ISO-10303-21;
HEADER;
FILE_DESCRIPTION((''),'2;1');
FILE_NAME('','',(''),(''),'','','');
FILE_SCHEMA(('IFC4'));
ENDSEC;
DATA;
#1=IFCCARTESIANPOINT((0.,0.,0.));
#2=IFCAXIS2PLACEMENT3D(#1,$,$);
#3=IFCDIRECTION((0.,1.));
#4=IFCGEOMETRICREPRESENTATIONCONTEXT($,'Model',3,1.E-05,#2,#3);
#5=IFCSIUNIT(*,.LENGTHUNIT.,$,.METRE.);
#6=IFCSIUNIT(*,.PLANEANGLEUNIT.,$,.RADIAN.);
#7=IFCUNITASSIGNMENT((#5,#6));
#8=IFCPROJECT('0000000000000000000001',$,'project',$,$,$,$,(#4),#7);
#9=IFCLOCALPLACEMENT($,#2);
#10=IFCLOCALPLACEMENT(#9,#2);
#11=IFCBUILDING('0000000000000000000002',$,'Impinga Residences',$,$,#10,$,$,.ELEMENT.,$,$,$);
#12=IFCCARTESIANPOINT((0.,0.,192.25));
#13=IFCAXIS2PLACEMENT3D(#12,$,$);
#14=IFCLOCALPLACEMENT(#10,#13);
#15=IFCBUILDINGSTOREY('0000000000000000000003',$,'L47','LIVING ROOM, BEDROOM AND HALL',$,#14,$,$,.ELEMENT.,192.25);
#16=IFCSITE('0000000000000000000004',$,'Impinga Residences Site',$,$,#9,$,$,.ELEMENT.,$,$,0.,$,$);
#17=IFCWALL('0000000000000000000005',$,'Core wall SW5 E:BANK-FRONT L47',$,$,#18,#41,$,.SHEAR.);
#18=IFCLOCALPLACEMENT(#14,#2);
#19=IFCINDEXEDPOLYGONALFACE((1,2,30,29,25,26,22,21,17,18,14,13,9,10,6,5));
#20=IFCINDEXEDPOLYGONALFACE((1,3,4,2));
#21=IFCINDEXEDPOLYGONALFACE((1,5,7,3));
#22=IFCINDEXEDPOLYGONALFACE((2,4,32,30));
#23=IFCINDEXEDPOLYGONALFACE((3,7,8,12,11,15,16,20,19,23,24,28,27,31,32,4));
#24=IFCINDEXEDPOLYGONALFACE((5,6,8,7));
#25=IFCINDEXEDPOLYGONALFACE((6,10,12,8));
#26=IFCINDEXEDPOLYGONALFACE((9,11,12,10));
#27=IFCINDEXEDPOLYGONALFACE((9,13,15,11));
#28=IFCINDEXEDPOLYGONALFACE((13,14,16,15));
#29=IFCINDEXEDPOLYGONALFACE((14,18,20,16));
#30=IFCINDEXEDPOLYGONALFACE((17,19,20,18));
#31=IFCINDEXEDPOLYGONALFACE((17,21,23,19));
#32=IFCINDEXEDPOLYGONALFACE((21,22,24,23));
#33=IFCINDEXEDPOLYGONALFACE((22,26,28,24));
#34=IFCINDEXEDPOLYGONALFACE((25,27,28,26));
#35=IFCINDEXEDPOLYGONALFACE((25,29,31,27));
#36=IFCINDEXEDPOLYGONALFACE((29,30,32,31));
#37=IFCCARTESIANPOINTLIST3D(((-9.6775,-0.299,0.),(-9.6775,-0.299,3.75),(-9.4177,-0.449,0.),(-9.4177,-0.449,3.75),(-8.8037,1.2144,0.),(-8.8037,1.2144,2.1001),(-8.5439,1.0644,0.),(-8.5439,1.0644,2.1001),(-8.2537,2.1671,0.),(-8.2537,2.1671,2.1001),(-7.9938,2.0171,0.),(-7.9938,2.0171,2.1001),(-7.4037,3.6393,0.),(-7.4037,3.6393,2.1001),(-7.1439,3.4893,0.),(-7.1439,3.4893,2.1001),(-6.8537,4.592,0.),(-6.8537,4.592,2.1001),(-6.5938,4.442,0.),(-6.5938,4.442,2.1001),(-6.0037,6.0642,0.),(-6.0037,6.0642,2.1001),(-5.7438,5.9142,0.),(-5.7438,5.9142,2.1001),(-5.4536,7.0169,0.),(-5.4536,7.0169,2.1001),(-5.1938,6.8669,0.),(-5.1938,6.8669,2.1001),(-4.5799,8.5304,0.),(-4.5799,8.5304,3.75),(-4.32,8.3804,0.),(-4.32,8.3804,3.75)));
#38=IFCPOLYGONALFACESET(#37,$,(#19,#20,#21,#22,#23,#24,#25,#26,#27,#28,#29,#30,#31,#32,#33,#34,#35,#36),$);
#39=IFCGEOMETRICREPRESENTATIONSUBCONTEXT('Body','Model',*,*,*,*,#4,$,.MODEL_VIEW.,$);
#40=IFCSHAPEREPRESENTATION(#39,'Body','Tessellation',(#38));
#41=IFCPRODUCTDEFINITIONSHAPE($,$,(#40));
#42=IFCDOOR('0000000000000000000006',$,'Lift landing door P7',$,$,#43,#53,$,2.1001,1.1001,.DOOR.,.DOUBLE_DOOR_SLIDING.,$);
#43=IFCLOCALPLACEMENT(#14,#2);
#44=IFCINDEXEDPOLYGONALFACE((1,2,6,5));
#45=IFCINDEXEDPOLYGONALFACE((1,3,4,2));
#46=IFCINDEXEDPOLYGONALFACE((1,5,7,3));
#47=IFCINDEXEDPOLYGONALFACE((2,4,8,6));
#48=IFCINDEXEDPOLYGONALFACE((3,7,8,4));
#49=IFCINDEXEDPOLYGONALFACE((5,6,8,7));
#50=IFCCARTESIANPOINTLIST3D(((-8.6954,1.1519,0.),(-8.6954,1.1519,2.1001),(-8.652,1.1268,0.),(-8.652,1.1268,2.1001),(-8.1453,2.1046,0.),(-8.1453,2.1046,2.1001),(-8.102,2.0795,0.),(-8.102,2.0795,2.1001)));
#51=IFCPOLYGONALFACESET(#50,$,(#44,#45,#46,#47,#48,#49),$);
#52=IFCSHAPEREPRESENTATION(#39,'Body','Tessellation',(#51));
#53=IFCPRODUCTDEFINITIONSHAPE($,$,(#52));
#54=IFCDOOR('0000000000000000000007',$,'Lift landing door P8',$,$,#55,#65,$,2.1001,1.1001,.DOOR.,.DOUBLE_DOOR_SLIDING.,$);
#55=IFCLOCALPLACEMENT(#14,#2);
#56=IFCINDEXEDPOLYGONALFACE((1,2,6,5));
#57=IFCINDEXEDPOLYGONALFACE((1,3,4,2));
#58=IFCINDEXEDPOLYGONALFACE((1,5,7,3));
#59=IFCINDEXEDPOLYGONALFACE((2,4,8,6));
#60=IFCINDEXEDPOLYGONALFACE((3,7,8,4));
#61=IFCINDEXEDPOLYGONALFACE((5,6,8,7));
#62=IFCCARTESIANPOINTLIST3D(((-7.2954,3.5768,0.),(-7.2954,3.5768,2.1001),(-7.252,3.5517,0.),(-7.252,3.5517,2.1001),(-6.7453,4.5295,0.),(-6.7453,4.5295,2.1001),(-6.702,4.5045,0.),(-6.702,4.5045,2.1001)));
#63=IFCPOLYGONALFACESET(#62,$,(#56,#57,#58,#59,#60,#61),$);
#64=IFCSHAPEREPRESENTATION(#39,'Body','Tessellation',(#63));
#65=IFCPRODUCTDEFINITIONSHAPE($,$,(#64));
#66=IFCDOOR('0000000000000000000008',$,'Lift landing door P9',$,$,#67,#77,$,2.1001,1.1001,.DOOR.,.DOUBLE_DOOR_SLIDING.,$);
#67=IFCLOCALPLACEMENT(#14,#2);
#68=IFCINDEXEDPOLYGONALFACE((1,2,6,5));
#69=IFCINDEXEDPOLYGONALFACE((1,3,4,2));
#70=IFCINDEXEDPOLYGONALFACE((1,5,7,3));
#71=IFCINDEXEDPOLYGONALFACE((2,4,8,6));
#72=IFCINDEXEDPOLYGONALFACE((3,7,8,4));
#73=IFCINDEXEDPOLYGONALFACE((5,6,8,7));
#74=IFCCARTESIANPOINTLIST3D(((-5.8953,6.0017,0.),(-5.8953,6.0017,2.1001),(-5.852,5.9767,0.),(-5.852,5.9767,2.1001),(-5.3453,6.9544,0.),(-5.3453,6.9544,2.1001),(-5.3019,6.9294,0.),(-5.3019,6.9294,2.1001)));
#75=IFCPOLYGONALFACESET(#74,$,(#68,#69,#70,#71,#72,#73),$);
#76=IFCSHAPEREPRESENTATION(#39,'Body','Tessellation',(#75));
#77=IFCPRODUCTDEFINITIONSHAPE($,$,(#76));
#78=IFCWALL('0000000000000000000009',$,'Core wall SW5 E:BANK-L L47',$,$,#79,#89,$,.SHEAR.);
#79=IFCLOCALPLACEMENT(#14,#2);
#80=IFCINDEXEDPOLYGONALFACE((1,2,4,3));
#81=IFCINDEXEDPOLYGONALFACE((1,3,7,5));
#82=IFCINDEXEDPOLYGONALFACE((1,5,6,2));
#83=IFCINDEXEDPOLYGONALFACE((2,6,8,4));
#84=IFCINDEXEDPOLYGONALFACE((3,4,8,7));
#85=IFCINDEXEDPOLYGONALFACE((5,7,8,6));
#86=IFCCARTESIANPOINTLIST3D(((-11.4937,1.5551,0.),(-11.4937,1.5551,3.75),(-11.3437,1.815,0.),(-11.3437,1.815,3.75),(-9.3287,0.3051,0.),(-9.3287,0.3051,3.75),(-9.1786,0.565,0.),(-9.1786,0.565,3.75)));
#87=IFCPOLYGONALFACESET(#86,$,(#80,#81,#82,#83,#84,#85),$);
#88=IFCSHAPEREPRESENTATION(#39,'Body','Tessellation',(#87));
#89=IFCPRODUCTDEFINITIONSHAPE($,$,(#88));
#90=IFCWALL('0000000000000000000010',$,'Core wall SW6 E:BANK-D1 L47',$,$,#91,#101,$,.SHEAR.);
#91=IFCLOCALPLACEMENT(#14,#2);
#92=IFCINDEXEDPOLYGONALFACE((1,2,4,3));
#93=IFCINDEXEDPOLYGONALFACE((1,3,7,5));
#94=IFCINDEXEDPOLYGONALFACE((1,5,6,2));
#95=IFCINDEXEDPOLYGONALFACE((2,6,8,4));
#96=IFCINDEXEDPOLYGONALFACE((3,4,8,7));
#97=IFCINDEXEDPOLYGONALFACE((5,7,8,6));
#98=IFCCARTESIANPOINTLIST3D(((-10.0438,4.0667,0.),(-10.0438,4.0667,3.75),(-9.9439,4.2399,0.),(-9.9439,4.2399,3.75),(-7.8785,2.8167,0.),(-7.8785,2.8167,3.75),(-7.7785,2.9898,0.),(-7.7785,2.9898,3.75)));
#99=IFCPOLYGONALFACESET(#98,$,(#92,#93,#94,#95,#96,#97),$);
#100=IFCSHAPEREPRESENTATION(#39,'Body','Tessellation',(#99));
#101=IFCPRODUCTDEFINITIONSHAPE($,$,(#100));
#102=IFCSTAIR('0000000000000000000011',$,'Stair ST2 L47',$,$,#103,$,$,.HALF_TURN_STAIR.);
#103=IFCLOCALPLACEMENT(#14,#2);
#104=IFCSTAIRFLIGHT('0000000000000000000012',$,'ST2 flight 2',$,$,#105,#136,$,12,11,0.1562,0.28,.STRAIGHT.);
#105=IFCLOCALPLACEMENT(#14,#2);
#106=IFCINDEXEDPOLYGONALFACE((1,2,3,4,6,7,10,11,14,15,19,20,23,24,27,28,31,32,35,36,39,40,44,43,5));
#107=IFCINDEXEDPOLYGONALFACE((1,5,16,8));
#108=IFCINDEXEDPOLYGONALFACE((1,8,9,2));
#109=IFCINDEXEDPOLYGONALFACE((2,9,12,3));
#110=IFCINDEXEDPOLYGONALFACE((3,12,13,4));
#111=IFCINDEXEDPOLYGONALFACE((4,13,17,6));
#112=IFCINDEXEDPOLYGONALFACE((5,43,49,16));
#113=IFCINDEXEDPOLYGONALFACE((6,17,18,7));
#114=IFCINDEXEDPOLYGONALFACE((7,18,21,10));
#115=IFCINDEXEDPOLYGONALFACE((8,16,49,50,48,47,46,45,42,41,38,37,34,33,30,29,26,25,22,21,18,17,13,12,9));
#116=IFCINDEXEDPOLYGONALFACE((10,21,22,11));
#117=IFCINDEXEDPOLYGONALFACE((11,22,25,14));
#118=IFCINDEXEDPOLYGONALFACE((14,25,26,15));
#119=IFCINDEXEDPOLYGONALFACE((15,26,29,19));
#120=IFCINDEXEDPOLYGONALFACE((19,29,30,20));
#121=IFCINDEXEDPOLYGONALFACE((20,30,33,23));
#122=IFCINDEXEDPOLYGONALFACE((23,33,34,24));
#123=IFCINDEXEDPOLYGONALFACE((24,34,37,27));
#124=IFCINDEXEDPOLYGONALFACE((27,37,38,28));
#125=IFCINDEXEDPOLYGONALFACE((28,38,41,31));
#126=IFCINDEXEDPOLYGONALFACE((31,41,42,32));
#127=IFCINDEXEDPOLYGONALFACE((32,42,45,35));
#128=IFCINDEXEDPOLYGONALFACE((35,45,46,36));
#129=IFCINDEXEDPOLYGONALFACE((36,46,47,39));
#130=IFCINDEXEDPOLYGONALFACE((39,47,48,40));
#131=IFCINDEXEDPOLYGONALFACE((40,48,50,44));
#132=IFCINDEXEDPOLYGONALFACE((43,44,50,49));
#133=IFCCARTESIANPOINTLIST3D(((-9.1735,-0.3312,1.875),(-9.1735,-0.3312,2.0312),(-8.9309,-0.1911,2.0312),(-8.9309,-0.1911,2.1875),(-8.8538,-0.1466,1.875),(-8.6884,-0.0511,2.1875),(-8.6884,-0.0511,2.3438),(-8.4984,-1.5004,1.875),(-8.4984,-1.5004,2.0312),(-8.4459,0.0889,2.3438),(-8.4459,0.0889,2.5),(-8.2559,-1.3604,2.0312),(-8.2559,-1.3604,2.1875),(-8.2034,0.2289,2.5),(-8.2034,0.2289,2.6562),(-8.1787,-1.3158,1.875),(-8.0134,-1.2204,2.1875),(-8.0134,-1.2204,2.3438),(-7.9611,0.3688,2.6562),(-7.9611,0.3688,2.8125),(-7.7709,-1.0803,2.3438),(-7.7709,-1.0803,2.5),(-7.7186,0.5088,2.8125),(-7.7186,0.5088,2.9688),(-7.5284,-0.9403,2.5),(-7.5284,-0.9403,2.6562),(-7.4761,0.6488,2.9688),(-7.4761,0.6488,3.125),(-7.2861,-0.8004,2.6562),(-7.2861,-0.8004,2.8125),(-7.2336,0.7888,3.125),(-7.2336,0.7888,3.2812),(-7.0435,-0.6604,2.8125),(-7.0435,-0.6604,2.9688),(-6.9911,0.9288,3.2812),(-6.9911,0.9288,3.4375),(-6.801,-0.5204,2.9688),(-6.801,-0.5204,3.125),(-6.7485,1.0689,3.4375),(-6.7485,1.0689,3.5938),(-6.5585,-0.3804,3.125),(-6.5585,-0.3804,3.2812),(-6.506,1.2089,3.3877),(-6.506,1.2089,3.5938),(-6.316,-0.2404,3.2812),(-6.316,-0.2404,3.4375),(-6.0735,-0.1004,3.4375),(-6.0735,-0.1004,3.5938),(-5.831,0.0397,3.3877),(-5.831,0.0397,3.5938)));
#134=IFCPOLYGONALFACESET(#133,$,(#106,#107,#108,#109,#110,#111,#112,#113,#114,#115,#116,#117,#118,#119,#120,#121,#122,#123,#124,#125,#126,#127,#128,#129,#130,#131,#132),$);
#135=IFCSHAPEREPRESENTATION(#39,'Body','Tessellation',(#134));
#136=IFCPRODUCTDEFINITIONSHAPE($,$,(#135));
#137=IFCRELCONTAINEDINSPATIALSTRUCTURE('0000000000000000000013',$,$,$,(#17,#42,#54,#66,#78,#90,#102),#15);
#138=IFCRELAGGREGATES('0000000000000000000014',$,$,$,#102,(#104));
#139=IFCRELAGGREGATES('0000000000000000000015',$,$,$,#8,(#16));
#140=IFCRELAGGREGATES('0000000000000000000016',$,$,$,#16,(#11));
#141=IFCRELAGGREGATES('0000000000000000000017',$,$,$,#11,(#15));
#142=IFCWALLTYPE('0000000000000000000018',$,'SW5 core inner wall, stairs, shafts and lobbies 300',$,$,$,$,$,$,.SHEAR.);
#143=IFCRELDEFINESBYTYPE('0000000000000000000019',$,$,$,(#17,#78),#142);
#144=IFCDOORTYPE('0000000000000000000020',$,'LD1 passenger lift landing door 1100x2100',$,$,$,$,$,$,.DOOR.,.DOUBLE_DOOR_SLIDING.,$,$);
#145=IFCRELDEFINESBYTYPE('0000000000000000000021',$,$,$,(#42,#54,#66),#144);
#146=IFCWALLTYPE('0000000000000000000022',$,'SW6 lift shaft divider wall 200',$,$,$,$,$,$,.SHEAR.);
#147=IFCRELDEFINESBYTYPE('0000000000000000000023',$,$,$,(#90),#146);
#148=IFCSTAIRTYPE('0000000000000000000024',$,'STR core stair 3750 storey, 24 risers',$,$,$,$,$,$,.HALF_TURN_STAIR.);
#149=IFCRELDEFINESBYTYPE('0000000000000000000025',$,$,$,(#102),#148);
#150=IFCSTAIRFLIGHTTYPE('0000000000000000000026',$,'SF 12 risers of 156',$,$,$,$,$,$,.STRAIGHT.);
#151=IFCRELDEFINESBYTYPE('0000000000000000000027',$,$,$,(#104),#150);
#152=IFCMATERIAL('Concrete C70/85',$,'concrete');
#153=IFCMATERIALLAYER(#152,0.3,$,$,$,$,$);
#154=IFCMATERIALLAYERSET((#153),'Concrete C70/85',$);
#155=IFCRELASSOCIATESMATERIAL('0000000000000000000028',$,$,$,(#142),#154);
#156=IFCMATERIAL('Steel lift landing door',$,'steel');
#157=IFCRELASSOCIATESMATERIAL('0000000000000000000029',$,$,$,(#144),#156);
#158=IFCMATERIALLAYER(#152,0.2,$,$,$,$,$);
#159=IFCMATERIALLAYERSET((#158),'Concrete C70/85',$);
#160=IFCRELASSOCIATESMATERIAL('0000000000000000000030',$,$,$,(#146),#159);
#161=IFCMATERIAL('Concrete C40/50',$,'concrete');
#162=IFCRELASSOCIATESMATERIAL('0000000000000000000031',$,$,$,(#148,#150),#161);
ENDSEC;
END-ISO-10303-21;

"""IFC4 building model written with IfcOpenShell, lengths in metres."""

from ifc_helpers import new_model, si_unit, direction, frame, frame_2d, origin, place, context, subcontext, project, spatial, polyline, rectangle, outline, extrude, material, layer, layer_set, type_object, element, fill, aggregate, save


model = new_model("IFC4")

# Units and contexts
model_context = context("Model", 3, precision=1e-05, world=origin(), true_north=direction((0.0, 1.0)))
body_context = subcontext(model_context, "Body", "Model", "MODEL_VIEW")
ifc_project = project(units=[si_unit("LENGTHUNIT", "METRE"), si_unit("PLANEANGLEUNIT", "RADIAN")], contexts=[model_context])

# Site, building, storey
site_placement = place(None, origin())
site = spatial("IfcSite", under=ifc_project, at=site_placement, Name="Impinga Residences Site", CompositionType="ELEMENT", RefElevation=0.0)
building_placement = place(site_placement, origin())
building = spatial("IfcBuilding", under=site, at=building_placement, Name="Impinga Residences", CompositionType="ELEMENT")
storey_placement = place(building_placement, frame((0.0, 0.0, 192.25)))
storey = spatial("IfcBuildingStorey", under=building, at=storey_placement, Name="L47", Description="LIVING ROOM, BEDROOM AND HALL", CompositionType="ELEMENT", Elevation=192.25)

# Wall, openings, doors
ifc_material_1 = material(Name="Concrete C70/85", Category="concrete")
ifc_layer_1 = layer(ifc_material_1, 0.3)
ifc_layer_set_1 = layer_set([ifc_layer_1], Name="Concrete C70/85")
wall_type_1 = type_object("IfcWallType", Name="SW5 core inner wall, stairs, shafts and lobbies 300", PredefinedType="SHEAR", material=ifc_layer_set_1)
wall_1_placement = place(storey_placement, frame((-9.5476, -0.374, 0.0), z_axis=(0.0, 0.0, 1.0), x_axis=(0.500002, 0.866024, 0.0)))
wall_1 = element("IfcWall", 1, at=wall_1_placement, inside=storey, type_object=wall_type_1, Name="Core wall SW5 E:BANK-FRONT L47", PredefinedType="SHEAR", context=body_context, shape_type="SweptSolid", body=[
    extrude(rectangle(XDim=10.1953, YDim=0.3, at=frame_2d((5.0977, 0.0))), origin(), (0.0, 0.0, 1.0), 3.75),
])
opening_1_placement = place(wall_1_placement, frame((1.7476, 0.0, 0.0)))
opening_1 = element("IfcOpeningElement", 2, at=opening_1_placement, cuts=wall_1, PredefinedType="OPENING", context=body_context, shape_type="SweptSolid", body=[
    extrude(rectangle(XDim=1.1001, YDim=2.1001, at=frame_2d((0.55, 1.05))), frame((0.0, 0.1599, 0.0), z_axis=(0.0, -1.0, 0.0), x_axis=(1.0, 0.0, 0.0)), (0.0, 0.0, 1.0), 0.3201),
])
opening_2_placement = place(wall_1_placement, frame((4.5476, 0.0, 0.0)))
opening_2 = element("IfcOpeningElement", 3, at=opening_2_placement, cuts=wall_1, PredefinedType="OPENING", context=body_context, shape_type="SweptSolid", body=[
    extrude(rectangle(XDim=1.1001, YDim=2.1001, at=frame_2d((0.55, 1.05))), frame((0.0, 0.1599, 0.0), z_axis=(0.0, -1.0, 0.0), x_axis=(1.0, 0.0, 0.0)), (0.0, 0.0, 1.0), 0.3201),
])
opening_3_placement = place(wall_1_placement, frame((7.3477, 0.0, 0.0)))
opening_3 = element("IfcOpeningElement", 4, at=opening_3_placement, cuts=wall_1, PredefinedType="OPENING", context=body_context, shape_type="SweptSolid", body=[
    extrude(rectangle(XDim=1.1001, YDim=2.1001, at=frame_2d((0.55, 1.05))), frame((0.0, 0.1599, 0.0), z_axis=(0.0, -1.0, 0.0), x_axis=(1.0, 0.0, 0.0)), (0.0, 0.0, 1.0), 0.3201),
])
ifc_material_2 = material(Name="Steel lift landing door", Category="steel")
door_type_1 = type_object("IfcDoorType", Name="LD1 passenger lift landing door 1100x2100", OperationType="DOUBLE_DOOR_SLIDING", PredefinedType="DOOR", material=ifc_material_2)
door_1_placement = place(opening_1_placement, origin())
door_1 = element("IfcDoor", 5, at=door_1_placement, inside=storey, type_object=door_type_1, Name="Lift landing door P7", OperationType="DOUBLE_DOOR_SLIDING", OverallHeight=2.1001, OverallWidth=1.1001, PredefinedType="DOOR", context=body_context, shape_type="SweptSolid", body=[
    extrude(rectangle(XDim=1.1001, YDim=2.1001, at=frame_2d((0.55, 1.05))), frame((0.0, 0.0249, 0.0), z_axis=(0.0, -1.0, 0.0), x_axis=(1.0, 0.0, 0.0)), (0.0, 0.0, 1.0), 0.05),
])
fill(opening_1, door_1)
door_2_placement = place(opening_2_placement, origin())
door_2 = element("IfcDoor", 6, at=door_2_placement, inside=storey, type_object=door_type_1, Name="Lift landing door P8", OperationType="DOUBLE_DOOR_SLIDING", OverallHeight=2.1001, OverallWidth=1.1001, PredefinedType="DOOR", context=body_context, shape_type="SweptSolid", body=[
    extrude(rectangle(XDim=1.1001, YDim=2.1001, at=frame_2d((0.55, 1.05))), frame((0.0, 0.0249, 0.0), z_axis=(0.0, -1.0, 0.0), x_axis=(1.0, 0.0, 0.0)), (0.0, 0.0, 1.0), 0.05),
])
fill(opening_2, door_2)
door_3_placement = place(opening_3_placement, origin())
door_3 = element("IfcDoor", 7, at=door_3_placement, inside=storey, type_object=door_type_1, Name="Lift landing door P9", OperationType="DOUBLE_DOOR_SLIDING", OverallHeight=2.1001, OverallWidth=1.1001, PredefinedType="DOOR", context=body_context, shape_type="SweptSolid", body=[
    extrude(rectangle(XDim=1.1001, YDim=2.1001, at=frame_2d((0.55, 1.05))), frame((0.0, 0.0249, 0.0), z_axis=(0.0, -1.0, 0.0), x_axis=(1.0, 0.0, 0.0)), (0.0, 0.0, 1.0), 0.05),
])
fill(opening_3, door_3)

# Walls
wall_2_placement = place(storey_placement, frame((-9.2537, 0.4351, 0.0), z_axis=(0.0, 0.0, 1.0), x_axis=(-0.866023, 0.500004, 0.0)))
element("IfcWall", 8, at=wall_2_placement, inside=storey, type_object=wall_type_1, Name="Core wall SW5 E:BANK-L L47", PredefinedType="SHEAR", context=body_context, shape_type="SweptSolid", body=[
    extrude(rectangle(XDim=2.5, YDim=0.3, at=frame_2d((1.25, 0.0))), origin(), (0.0, 0.0, 1.0), 3.75),
])
ifc_layer_2 = layer(ifc_material_1, 0.2)
ifc_layer_set_2 = layer_set([ifc_layer_2], Name="Concrete C70/85")
wall_type_2 = type_object("IfcWallType", Name="SW6 lift shaft divider wall 200", PredefinedType="SHEAR", material=ifc_layer_set_2)
wall_3_placement = place(storey_placement, frame((-7.8286, 2.9033, 0.0), z_axis=(0.0, 0.0, 1.0), x_axis=(-0.866047, 0.499962, 0.0)))
element("IfcWall", 9, at=wall_3_placement, inside=storey, type_object=wall_type_2, Name="Core wall SW6 E:BANK-D1 L47", PredefinedType="SHEAR", context=body_context, shape_type="SweptSolid", body=[
    extrude(rectangle(XDim=2.5002, YDim=0.2, at=frame_2d((1.25, 0.0))), origin(), (0.0, 0.0, 1.0), 3.75),
])

# Stair, stair flight
ifc_material_3 = material(Name="Concrete C40/50", Category="concrete")
stair_type = type_object("IfcStairType", Name="STR core stair 3750 storey, 24 risers", PredefinedType="HALF_TURN_STAIR", material=ifc_material_3)
stair_placement = place(storey_placement, origin())
stair = element("IfcStair", 10, at=stair_placement, inside=storey, type_object=stair_type, Name="Stair ST2 L47", PredefinedType="HALF_TURN_STAIR")
stair_flight_type = type_object("IfcStairFlightType", Name="SF 12 risers of 156", PredefinedType="STRAIGHT", material=ifc_material_3)
stair_flight_placement = place(storey_placement, frame((-8.8359, -0.9158, 1.875), z_axis=(0.0, 0.0, 1.0), x_axis=(0.866025, 0.5, 0.0)))
stair_flight = element("IfcStairFlight", 11, at=stair_flight_placement, type_object=stair_flight_type, Name="ST2 flight 2", NumberOfRisers=12, NumberOfTreads=11, PredefinedType="STRAIGHT", RiserHeight=0.1562, TreadLength=0.28, context=body_context, shape_type="SweptSolid", body=[
    extrude(outline(polyline([(0.0, 0.0), (0.0, 0.1562), (0.28, 0.1562), (0.28, 0.3125), (0.5601, 0.3125), (0.5601, 0.4688), (0.8401, 0.4688), (0.8401, 0.625), (1.1201, 0.625), (1.1201, 0.7812), (1.3999, 0.7812), (1.3999, 0.9375), (1.6799, 0.9375), (1.6799, 1.0938), (1.96, 1.0938), (1.96, 1.25), (2.24, 1.25), (2.24, 1.4062), (2.52, 1.4062), (2.52, 1.5625), (2.8, 1.5625), (2.8, 1.7188), (3.0801, 1.7188), (3.0801, 1.875), (3.0801, 1.5127), (0.3691, 0.0), (0.0, 0.0)])), frame((0.0, 0.675, 0.0), z_axis=(0.0, -1.0, 0.0), x_axis=(1.0, 0.0, 0.0)), (0.0, 0.0, 1.0), 1.3501),
])
aggregate(stair, [stair_flight])

save(model, "model.ifc")
